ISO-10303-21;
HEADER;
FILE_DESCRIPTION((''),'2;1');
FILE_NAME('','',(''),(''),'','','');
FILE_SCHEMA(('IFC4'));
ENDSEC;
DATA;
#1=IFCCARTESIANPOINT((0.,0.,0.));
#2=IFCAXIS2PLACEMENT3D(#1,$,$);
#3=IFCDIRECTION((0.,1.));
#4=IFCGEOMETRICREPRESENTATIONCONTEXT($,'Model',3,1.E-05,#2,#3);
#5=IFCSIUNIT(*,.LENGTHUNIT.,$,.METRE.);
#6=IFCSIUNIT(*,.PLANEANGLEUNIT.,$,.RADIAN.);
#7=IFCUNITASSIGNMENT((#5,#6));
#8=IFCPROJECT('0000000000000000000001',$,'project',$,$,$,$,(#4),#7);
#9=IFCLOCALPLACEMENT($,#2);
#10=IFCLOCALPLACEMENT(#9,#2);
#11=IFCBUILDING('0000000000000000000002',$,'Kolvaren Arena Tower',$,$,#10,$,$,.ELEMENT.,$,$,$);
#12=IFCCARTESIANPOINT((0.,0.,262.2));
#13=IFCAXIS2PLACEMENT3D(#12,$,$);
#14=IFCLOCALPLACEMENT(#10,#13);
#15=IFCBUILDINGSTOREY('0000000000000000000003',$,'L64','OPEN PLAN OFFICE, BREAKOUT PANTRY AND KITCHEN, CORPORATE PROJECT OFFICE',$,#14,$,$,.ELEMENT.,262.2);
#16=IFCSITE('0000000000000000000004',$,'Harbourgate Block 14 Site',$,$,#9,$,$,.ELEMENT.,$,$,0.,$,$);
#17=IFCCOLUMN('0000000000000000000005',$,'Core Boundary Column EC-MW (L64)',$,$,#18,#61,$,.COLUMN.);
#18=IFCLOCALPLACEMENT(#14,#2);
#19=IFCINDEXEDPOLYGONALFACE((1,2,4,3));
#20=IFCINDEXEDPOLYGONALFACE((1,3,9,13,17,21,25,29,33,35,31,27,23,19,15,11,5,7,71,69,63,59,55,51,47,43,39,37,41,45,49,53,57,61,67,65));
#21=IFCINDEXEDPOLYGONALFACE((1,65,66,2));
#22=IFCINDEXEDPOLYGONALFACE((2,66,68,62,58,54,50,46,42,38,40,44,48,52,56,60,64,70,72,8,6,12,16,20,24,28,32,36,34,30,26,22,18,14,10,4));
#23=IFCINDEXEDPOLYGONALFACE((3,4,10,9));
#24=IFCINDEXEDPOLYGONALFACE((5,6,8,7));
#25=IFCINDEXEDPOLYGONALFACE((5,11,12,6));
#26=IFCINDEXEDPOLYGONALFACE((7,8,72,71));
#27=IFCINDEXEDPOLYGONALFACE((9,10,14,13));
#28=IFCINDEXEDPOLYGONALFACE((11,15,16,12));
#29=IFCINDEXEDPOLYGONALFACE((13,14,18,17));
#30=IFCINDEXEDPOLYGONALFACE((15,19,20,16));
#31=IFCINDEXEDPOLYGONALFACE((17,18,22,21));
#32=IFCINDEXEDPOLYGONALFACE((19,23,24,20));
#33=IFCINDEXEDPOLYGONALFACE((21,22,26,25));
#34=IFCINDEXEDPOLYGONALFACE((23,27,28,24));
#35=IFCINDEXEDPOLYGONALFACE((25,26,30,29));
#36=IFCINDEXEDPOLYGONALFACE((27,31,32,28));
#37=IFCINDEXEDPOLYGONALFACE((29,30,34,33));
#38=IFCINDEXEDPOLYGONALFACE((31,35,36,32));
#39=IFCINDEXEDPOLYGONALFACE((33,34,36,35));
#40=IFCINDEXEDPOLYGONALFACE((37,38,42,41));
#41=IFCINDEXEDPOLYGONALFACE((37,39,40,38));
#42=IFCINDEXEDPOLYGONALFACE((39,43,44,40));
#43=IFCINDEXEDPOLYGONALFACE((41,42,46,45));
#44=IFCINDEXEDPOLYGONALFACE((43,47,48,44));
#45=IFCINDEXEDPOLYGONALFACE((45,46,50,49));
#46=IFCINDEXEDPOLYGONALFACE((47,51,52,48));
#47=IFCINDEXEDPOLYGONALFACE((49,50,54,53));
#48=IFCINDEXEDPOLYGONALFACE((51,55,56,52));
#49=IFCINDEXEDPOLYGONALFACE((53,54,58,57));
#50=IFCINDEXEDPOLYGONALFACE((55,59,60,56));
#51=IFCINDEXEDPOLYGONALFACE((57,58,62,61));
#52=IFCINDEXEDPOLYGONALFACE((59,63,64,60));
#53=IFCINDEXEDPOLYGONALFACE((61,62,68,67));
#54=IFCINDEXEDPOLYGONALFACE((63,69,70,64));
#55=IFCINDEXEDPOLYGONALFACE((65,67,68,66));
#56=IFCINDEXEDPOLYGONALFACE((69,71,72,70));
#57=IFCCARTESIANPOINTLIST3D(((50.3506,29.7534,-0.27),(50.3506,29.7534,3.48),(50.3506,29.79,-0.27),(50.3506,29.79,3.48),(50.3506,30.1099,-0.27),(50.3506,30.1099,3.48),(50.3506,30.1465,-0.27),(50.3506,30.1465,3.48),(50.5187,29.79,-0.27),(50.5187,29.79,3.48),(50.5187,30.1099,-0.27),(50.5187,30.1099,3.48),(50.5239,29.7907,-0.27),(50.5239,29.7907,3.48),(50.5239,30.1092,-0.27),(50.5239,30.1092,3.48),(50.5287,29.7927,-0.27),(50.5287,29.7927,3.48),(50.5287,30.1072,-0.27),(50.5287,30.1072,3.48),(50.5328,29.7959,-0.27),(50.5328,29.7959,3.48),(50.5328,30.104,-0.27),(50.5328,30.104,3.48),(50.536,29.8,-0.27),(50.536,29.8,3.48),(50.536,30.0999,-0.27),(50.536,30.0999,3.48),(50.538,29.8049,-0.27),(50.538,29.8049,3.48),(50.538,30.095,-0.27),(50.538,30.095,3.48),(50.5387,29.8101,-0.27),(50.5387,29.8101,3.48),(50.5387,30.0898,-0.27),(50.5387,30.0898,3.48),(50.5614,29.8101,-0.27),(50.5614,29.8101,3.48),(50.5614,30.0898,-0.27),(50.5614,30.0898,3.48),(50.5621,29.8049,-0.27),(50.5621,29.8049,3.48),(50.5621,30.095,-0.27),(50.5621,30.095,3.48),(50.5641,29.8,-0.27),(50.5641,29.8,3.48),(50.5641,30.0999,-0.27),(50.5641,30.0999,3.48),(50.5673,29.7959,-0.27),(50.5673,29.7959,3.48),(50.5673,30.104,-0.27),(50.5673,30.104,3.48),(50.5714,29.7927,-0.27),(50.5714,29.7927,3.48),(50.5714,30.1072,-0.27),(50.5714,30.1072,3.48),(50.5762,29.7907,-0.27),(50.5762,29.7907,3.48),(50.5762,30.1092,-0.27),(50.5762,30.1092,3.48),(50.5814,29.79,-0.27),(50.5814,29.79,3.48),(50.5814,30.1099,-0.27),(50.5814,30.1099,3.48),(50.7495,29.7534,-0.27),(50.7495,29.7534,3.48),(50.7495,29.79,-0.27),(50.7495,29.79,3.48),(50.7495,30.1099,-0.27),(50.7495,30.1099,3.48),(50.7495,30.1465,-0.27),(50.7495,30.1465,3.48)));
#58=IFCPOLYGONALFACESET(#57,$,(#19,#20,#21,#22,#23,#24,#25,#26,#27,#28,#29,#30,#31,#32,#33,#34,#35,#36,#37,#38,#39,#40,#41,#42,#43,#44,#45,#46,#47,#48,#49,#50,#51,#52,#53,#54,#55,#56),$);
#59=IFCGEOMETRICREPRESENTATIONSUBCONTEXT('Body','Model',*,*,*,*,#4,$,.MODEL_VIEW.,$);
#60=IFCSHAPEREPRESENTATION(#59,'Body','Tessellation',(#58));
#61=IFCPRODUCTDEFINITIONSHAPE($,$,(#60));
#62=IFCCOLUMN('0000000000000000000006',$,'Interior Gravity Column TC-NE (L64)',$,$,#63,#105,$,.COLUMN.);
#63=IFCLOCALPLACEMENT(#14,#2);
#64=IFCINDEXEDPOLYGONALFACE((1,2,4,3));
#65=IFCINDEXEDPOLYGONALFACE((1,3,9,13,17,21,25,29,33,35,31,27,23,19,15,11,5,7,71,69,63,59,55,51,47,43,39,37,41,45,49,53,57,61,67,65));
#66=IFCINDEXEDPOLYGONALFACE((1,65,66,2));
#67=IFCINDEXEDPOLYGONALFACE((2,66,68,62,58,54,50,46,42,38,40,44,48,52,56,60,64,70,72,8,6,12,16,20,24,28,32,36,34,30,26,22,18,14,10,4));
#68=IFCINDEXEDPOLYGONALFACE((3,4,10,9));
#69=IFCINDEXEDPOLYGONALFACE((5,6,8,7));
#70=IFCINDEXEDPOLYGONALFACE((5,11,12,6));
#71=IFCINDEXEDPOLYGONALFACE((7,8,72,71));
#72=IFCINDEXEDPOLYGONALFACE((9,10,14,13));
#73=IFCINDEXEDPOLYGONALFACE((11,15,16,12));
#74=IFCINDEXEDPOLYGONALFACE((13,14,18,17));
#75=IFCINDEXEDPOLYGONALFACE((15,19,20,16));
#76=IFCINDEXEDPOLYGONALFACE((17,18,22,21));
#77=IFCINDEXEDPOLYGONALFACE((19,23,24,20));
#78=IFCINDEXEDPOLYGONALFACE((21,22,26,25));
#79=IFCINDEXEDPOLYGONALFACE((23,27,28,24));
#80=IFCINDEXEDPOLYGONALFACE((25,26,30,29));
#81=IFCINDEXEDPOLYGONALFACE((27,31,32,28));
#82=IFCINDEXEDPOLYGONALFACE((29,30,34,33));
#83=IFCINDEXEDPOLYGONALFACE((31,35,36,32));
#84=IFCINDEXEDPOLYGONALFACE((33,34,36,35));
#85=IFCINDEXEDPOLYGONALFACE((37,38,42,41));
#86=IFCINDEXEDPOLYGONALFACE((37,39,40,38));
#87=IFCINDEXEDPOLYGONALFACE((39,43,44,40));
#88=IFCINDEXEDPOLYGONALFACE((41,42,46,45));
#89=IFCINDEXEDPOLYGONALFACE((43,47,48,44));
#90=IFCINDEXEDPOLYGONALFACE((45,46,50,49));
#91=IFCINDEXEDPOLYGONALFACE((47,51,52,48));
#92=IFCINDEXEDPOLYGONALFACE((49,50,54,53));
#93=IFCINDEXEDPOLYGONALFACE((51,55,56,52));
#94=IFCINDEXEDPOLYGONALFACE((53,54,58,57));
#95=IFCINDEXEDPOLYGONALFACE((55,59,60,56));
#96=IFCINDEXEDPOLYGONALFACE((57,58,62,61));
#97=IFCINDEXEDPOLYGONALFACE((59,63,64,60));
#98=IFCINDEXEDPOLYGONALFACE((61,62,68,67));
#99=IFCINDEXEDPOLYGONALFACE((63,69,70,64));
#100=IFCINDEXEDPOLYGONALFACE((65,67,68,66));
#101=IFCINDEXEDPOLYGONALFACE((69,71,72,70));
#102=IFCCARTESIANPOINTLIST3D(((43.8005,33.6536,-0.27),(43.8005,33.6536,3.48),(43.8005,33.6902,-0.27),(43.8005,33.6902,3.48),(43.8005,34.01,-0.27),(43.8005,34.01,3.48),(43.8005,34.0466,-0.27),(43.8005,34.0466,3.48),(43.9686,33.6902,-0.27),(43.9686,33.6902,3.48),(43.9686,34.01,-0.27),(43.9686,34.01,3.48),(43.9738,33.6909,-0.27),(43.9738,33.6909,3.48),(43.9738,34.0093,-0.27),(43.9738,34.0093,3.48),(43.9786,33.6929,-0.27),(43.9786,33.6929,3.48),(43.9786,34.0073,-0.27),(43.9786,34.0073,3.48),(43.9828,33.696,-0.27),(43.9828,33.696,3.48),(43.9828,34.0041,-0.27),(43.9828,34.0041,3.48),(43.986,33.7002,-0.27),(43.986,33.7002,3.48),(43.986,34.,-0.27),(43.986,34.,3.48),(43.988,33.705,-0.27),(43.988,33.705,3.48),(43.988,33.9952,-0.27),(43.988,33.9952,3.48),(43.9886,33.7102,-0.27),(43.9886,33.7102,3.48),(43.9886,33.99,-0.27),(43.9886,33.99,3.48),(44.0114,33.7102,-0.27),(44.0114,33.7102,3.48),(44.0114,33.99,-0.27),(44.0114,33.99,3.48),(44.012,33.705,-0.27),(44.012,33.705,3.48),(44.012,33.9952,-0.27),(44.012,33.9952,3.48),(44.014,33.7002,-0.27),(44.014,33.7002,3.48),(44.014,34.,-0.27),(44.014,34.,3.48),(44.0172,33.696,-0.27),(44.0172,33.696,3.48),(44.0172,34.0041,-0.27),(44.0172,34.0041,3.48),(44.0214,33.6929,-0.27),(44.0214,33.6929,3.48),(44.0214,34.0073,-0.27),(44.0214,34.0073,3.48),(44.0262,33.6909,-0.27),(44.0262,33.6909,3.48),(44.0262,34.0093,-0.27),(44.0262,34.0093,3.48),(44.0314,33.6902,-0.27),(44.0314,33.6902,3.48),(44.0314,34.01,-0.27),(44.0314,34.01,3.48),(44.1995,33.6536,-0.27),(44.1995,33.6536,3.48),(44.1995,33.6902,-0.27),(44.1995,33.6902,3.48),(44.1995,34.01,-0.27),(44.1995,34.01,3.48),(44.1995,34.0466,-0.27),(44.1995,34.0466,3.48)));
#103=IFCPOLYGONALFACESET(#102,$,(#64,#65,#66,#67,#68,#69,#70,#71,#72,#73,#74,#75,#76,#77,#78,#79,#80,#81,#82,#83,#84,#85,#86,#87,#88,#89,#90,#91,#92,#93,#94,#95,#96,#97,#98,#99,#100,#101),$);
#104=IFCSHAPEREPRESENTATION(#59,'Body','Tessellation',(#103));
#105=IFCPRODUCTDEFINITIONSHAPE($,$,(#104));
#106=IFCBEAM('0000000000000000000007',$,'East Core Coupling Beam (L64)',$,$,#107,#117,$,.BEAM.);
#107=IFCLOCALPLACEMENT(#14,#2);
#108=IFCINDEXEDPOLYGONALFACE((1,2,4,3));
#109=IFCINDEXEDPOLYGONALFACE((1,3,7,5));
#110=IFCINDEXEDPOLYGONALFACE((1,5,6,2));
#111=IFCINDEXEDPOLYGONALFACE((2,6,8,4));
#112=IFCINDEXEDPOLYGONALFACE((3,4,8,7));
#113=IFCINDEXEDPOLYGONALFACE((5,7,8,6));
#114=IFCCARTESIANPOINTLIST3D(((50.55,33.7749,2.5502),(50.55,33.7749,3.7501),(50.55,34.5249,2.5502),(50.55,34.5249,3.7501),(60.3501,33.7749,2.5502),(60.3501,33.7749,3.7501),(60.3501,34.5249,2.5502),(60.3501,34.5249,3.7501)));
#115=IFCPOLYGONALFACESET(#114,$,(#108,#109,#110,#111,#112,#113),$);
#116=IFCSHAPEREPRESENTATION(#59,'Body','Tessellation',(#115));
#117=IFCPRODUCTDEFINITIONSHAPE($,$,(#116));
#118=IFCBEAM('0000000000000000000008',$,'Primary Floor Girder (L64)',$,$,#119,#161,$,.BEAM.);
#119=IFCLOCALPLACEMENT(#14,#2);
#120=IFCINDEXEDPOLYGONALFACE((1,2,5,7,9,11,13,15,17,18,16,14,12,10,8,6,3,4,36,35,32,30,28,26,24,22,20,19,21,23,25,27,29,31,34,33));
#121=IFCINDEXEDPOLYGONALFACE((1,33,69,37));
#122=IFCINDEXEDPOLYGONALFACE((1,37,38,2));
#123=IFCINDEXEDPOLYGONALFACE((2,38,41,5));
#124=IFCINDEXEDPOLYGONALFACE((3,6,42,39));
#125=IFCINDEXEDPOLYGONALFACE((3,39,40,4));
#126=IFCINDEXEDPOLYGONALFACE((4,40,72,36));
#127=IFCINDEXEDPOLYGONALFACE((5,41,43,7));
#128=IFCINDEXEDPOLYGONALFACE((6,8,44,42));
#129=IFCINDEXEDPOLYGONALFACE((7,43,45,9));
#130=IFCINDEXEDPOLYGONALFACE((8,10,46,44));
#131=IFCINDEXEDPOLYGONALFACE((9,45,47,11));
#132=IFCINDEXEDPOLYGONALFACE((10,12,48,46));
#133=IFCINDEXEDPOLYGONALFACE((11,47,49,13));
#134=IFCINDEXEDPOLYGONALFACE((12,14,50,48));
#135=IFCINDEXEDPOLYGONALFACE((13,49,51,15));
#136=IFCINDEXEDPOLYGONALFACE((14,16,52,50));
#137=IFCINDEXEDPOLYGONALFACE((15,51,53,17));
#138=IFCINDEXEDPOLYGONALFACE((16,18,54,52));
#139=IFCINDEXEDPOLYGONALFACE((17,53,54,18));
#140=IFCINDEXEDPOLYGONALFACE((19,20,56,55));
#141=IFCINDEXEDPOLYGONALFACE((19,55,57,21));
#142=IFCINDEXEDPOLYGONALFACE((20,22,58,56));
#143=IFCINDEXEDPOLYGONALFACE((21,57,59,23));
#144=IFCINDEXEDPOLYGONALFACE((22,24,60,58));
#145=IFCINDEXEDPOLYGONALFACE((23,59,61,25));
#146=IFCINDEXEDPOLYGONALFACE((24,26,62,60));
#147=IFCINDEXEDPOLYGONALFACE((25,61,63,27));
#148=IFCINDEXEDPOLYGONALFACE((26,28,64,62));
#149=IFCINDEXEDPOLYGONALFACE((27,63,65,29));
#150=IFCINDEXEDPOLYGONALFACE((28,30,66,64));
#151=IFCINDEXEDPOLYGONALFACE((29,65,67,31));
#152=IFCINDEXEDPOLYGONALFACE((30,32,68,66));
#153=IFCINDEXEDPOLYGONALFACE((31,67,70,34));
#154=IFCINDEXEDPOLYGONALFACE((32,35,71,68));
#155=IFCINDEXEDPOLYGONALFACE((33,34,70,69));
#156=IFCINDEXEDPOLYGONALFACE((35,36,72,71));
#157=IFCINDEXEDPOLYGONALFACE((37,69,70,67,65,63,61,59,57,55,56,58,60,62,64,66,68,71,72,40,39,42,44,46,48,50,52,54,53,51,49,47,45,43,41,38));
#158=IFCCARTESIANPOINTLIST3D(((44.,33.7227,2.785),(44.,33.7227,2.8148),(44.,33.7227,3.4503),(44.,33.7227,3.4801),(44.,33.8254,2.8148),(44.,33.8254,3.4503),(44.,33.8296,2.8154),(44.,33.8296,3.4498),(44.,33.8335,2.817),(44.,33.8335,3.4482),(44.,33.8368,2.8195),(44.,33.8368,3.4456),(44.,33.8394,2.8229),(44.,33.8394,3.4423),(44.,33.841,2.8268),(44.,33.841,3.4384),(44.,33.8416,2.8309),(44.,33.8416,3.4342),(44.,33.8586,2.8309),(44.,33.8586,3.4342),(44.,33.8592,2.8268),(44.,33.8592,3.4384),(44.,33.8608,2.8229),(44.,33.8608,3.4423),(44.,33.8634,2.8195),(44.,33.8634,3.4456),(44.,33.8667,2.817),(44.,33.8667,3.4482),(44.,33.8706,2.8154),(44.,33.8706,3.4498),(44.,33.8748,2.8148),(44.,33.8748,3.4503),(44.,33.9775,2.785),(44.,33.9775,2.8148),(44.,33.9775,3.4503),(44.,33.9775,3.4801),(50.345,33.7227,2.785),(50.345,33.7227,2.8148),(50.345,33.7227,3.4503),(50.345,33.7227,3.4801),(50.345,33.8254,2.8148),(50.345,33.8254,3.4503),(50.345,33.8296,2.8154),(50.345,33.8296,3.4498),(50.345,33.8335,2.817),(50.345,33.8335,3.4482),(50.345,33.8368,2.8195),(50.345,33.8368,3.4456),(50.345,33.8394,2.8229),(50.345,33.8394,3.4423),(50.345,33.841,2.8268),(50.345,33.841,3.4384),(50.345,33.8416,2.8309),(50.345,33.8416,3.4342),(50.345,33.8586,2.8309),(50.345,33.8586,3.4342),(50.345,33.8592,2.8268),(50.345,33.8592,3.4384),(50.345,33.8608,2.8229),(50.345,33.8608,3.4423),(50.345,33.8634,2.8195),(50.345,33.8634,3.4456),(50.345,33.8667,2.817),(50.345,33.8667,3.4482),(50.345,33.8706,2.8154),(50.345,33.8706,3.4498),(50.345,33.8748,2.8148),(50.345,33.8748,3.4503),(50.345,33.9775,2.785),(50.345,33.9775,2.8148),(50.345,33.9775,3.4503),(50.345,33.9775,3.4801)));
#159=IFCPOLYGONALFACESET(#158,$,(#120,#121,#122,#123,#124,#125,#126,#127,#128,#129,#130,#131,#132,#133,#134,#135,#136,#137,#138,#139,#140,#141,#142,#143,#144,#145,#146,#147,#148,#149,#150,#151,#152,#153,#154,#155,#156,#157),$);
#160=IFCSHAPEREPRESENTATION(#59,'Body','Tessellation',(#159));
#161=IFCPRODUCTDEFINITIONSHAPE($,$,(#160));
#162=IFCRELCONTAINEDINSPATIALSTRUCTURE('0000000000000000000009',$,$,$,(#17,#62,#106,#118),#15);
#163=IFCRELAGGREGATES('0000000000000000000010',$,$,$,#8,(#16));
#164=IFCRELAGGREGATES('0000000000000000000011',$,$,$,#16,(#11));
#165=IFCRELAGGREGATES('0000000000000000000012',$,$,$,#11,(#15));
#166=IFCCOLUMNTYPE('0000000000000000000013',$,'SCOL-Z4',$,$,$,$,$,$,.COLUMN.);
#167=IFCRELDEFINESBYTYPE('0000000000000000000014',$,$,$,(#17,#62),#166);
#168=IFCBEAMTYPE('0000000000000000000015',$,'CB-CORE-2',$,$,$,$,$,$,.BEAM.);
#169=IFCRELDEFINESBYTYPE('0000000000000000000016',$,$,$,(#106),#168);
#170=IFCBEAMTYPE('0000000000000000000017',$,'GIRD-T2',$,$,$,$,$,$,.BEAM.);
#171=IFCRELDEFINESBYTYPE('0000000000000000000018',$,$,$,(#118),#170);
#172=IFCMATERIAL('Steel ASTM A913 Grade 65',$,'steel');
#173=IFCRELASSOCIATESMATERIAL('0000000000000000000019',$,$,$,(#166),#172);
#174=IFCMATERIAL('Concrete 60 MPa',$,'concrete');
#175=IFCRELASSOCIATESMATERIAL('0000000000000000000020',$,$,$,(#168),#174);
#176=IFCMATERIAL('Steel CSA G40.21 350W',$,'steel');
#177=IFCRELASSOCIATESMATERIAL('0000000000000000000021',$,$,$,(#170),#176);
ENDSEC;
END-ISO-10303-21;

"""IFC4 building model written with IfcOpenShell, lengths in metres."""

from ifc_helpers import new_model, si_unit, direction, frame, origin, origin_2d, place, context, subcontext, project, spatial, rectangle, i_section, extrude, material, material_profile, profile_set, type_object, element, save


model = new_model("IFC4")

# Units and contexts
model_context = context("Model", 3, precision=1e-05, world=origin(), true_north=direction((0.0, 1.0)))
body_context = subcontext(model_context, "Body", "Model", "MODEL_VIEW")
ifc_project = project(units=[si_unit("LENGTHUNIT", "METRE"), si_unit("PLANEANGLEUNIT", "RADIAN")], contexts=[model_context])

# Site, building, storey
site_placement = place(None, origin())
site = spatial("IfcSite", under=ifc_project, at=site_placement, Name="Harbourgate Block 14 Site", CompositionType="ELEMENT", RefElevation=0.0)
building_placement = place(site_placement, origin())
building = spatial("IfcBuilding", under=site, at=building_placement, Name="Kolvaren Arena Tower", CompositionType="ELEMENT")
storey_placement = place(building_placement, frame((0.0, 0.0, 262.2)))
storey = spatial("IfcBuildingStorey", under=building, at=storey_placement, Name="L64", Description="OPEN PLAN OFFICE, BREAKOUT PANTRY AND KITCHEN, CORPORATE PROJECT OFFICE", CompositionType="ELEMENT", Elevation=262.2)

# Columns
ifc_material_1 = material(Name="Steel ASTM A913 Grade 65", Category="steel")
ifc_material_profile_1 = material_profile(ifc_material_1, i_section(OverallWidth=0.3989, OverallDepth=0.3931, WebThickness=0.0227, FlangeThickness=0.0366, FilletRadius=0.02, at=origin_2d()), Name="W360x287")
ifc_profile_set_1 = profile_set([ifc_material_profile_1], Name="Steel ASTM A913 Grade 65")
column_type = type_object("IfcColumnType", Name="SCOL-Z4", PredefinedType="COLUMN", material=ifc_profile_set_1)
for number, where, z_axis, x_axis, name in (
    (1, (50.55, 29.95, -0.27), (0.0, 0.0, 1.0), (1.0, 0.0, 0.0), "Core Boundary Column EC-MW (L64)"),
    (2, (44.0, 33.8501, -0.27), (0.0, 0.0, 1.0), (1.0, 0.0, 0.0), "Interior Gravity Column TC-NE (L64)"),
):
    element("IfcColumn", number, at=place(storey_placement, frame(where, z_axis=z_axis, x_axis=x_axis)), inside=storey, type_object=column_type, Name=name, PredefinedType="COLUMN", context=body_context, shape_type="SweptSolid", body=[
        extrude(i_section(OverallWidth=0.3989, OverallDepth=0.3931, WebThickness=0.0227, FlangeThickness=0.0366, FilletRadius=0.02, at=origin_2d()), origin(), (0.0, 0.0, 1.0), 3.75),
    ])

# Beams
ifc_material_2 = material(Name="Concrete 60 MPa", Category="concrete")
ifc_material_profile_2 = material_profile(ifc_material_2, rectangle(XDim=0.75, YDim=1.2, at=origin_2d()), Name="RC-750x1200")
ifc_profile_set_2 = profile_set([ifc_material_profile_2], Name="Concrete 60 MPa")
beam_type_1 = type_object("IfcBeamType", Name="CB-CORE-2", PredefinedType="BEAM", material=ifc_profile_set_2)
beam_1_placement = place(storey_placement, frame((50.55, 34.1499, 3.1501), z_axis=(1.0, 0.0, 0.0), x_axis=(0.0, 1.0, 0.0)))
element("IfcBeam", 3, at=beam_1_placement, inside=storey, type_object=beam_type_1, Name="East Core Coupling Beam (L64)", PredefinedType="BEAM", context=body_context, shape_type="SweptSolid", body=[
    extrude(rectangle(XDim=0.75, YDim=1.2, at=origin_2d()), origin(), (0.0, 0.0, 1.0), 9.8),
])
ifc_material_3 = material(Name="Steel CSA G40.21 350W", Category="steel")
ifc_material_profile_3 = material_profile(ifc_material_3, i_section(OverallWidth=0.2549, OverallDepth=0.6951, WebThickness=0.0171, FlangeThickness=0.0298, FilletRadius=0.0161, at=origin_2d()), Name="W690x217")
ifc_profile_set_3 = profile_set([ifc_material_profile_3], Name="Steel CSA G40.21 350W")
beam_type_2 = type_object("IfcBeamType", Name="GIRD-T2", PredefinedType="BEAM", material=ifc_profile_set_3)
beam_2_placement = place(storey_placement, frame((44.0, 33.8501, 3.1326), z_axis=(1.0, 0.0, 0.0), x_axis=(0.0, 1.0, 0.0)))
element("IfcBeam", 4, at=beam_2_placement, inside=storey, type_object=beam_type_2, Name="Primary Floor Girder (L64)", PredefinedType="BEAM", context=body_context, shape_type="SweptSolid", body=[
    extrude(i_section(OverallWidth=0.2549, OverallDepth=0.6951, WebThickness=0.0171, FlangeThickness=0.0298, FilletRadius=0.0161, at=origin_2d()), origin(), (0.0, 0.0, 1.0), 6.345),
])

save(model, "model.ifc")
